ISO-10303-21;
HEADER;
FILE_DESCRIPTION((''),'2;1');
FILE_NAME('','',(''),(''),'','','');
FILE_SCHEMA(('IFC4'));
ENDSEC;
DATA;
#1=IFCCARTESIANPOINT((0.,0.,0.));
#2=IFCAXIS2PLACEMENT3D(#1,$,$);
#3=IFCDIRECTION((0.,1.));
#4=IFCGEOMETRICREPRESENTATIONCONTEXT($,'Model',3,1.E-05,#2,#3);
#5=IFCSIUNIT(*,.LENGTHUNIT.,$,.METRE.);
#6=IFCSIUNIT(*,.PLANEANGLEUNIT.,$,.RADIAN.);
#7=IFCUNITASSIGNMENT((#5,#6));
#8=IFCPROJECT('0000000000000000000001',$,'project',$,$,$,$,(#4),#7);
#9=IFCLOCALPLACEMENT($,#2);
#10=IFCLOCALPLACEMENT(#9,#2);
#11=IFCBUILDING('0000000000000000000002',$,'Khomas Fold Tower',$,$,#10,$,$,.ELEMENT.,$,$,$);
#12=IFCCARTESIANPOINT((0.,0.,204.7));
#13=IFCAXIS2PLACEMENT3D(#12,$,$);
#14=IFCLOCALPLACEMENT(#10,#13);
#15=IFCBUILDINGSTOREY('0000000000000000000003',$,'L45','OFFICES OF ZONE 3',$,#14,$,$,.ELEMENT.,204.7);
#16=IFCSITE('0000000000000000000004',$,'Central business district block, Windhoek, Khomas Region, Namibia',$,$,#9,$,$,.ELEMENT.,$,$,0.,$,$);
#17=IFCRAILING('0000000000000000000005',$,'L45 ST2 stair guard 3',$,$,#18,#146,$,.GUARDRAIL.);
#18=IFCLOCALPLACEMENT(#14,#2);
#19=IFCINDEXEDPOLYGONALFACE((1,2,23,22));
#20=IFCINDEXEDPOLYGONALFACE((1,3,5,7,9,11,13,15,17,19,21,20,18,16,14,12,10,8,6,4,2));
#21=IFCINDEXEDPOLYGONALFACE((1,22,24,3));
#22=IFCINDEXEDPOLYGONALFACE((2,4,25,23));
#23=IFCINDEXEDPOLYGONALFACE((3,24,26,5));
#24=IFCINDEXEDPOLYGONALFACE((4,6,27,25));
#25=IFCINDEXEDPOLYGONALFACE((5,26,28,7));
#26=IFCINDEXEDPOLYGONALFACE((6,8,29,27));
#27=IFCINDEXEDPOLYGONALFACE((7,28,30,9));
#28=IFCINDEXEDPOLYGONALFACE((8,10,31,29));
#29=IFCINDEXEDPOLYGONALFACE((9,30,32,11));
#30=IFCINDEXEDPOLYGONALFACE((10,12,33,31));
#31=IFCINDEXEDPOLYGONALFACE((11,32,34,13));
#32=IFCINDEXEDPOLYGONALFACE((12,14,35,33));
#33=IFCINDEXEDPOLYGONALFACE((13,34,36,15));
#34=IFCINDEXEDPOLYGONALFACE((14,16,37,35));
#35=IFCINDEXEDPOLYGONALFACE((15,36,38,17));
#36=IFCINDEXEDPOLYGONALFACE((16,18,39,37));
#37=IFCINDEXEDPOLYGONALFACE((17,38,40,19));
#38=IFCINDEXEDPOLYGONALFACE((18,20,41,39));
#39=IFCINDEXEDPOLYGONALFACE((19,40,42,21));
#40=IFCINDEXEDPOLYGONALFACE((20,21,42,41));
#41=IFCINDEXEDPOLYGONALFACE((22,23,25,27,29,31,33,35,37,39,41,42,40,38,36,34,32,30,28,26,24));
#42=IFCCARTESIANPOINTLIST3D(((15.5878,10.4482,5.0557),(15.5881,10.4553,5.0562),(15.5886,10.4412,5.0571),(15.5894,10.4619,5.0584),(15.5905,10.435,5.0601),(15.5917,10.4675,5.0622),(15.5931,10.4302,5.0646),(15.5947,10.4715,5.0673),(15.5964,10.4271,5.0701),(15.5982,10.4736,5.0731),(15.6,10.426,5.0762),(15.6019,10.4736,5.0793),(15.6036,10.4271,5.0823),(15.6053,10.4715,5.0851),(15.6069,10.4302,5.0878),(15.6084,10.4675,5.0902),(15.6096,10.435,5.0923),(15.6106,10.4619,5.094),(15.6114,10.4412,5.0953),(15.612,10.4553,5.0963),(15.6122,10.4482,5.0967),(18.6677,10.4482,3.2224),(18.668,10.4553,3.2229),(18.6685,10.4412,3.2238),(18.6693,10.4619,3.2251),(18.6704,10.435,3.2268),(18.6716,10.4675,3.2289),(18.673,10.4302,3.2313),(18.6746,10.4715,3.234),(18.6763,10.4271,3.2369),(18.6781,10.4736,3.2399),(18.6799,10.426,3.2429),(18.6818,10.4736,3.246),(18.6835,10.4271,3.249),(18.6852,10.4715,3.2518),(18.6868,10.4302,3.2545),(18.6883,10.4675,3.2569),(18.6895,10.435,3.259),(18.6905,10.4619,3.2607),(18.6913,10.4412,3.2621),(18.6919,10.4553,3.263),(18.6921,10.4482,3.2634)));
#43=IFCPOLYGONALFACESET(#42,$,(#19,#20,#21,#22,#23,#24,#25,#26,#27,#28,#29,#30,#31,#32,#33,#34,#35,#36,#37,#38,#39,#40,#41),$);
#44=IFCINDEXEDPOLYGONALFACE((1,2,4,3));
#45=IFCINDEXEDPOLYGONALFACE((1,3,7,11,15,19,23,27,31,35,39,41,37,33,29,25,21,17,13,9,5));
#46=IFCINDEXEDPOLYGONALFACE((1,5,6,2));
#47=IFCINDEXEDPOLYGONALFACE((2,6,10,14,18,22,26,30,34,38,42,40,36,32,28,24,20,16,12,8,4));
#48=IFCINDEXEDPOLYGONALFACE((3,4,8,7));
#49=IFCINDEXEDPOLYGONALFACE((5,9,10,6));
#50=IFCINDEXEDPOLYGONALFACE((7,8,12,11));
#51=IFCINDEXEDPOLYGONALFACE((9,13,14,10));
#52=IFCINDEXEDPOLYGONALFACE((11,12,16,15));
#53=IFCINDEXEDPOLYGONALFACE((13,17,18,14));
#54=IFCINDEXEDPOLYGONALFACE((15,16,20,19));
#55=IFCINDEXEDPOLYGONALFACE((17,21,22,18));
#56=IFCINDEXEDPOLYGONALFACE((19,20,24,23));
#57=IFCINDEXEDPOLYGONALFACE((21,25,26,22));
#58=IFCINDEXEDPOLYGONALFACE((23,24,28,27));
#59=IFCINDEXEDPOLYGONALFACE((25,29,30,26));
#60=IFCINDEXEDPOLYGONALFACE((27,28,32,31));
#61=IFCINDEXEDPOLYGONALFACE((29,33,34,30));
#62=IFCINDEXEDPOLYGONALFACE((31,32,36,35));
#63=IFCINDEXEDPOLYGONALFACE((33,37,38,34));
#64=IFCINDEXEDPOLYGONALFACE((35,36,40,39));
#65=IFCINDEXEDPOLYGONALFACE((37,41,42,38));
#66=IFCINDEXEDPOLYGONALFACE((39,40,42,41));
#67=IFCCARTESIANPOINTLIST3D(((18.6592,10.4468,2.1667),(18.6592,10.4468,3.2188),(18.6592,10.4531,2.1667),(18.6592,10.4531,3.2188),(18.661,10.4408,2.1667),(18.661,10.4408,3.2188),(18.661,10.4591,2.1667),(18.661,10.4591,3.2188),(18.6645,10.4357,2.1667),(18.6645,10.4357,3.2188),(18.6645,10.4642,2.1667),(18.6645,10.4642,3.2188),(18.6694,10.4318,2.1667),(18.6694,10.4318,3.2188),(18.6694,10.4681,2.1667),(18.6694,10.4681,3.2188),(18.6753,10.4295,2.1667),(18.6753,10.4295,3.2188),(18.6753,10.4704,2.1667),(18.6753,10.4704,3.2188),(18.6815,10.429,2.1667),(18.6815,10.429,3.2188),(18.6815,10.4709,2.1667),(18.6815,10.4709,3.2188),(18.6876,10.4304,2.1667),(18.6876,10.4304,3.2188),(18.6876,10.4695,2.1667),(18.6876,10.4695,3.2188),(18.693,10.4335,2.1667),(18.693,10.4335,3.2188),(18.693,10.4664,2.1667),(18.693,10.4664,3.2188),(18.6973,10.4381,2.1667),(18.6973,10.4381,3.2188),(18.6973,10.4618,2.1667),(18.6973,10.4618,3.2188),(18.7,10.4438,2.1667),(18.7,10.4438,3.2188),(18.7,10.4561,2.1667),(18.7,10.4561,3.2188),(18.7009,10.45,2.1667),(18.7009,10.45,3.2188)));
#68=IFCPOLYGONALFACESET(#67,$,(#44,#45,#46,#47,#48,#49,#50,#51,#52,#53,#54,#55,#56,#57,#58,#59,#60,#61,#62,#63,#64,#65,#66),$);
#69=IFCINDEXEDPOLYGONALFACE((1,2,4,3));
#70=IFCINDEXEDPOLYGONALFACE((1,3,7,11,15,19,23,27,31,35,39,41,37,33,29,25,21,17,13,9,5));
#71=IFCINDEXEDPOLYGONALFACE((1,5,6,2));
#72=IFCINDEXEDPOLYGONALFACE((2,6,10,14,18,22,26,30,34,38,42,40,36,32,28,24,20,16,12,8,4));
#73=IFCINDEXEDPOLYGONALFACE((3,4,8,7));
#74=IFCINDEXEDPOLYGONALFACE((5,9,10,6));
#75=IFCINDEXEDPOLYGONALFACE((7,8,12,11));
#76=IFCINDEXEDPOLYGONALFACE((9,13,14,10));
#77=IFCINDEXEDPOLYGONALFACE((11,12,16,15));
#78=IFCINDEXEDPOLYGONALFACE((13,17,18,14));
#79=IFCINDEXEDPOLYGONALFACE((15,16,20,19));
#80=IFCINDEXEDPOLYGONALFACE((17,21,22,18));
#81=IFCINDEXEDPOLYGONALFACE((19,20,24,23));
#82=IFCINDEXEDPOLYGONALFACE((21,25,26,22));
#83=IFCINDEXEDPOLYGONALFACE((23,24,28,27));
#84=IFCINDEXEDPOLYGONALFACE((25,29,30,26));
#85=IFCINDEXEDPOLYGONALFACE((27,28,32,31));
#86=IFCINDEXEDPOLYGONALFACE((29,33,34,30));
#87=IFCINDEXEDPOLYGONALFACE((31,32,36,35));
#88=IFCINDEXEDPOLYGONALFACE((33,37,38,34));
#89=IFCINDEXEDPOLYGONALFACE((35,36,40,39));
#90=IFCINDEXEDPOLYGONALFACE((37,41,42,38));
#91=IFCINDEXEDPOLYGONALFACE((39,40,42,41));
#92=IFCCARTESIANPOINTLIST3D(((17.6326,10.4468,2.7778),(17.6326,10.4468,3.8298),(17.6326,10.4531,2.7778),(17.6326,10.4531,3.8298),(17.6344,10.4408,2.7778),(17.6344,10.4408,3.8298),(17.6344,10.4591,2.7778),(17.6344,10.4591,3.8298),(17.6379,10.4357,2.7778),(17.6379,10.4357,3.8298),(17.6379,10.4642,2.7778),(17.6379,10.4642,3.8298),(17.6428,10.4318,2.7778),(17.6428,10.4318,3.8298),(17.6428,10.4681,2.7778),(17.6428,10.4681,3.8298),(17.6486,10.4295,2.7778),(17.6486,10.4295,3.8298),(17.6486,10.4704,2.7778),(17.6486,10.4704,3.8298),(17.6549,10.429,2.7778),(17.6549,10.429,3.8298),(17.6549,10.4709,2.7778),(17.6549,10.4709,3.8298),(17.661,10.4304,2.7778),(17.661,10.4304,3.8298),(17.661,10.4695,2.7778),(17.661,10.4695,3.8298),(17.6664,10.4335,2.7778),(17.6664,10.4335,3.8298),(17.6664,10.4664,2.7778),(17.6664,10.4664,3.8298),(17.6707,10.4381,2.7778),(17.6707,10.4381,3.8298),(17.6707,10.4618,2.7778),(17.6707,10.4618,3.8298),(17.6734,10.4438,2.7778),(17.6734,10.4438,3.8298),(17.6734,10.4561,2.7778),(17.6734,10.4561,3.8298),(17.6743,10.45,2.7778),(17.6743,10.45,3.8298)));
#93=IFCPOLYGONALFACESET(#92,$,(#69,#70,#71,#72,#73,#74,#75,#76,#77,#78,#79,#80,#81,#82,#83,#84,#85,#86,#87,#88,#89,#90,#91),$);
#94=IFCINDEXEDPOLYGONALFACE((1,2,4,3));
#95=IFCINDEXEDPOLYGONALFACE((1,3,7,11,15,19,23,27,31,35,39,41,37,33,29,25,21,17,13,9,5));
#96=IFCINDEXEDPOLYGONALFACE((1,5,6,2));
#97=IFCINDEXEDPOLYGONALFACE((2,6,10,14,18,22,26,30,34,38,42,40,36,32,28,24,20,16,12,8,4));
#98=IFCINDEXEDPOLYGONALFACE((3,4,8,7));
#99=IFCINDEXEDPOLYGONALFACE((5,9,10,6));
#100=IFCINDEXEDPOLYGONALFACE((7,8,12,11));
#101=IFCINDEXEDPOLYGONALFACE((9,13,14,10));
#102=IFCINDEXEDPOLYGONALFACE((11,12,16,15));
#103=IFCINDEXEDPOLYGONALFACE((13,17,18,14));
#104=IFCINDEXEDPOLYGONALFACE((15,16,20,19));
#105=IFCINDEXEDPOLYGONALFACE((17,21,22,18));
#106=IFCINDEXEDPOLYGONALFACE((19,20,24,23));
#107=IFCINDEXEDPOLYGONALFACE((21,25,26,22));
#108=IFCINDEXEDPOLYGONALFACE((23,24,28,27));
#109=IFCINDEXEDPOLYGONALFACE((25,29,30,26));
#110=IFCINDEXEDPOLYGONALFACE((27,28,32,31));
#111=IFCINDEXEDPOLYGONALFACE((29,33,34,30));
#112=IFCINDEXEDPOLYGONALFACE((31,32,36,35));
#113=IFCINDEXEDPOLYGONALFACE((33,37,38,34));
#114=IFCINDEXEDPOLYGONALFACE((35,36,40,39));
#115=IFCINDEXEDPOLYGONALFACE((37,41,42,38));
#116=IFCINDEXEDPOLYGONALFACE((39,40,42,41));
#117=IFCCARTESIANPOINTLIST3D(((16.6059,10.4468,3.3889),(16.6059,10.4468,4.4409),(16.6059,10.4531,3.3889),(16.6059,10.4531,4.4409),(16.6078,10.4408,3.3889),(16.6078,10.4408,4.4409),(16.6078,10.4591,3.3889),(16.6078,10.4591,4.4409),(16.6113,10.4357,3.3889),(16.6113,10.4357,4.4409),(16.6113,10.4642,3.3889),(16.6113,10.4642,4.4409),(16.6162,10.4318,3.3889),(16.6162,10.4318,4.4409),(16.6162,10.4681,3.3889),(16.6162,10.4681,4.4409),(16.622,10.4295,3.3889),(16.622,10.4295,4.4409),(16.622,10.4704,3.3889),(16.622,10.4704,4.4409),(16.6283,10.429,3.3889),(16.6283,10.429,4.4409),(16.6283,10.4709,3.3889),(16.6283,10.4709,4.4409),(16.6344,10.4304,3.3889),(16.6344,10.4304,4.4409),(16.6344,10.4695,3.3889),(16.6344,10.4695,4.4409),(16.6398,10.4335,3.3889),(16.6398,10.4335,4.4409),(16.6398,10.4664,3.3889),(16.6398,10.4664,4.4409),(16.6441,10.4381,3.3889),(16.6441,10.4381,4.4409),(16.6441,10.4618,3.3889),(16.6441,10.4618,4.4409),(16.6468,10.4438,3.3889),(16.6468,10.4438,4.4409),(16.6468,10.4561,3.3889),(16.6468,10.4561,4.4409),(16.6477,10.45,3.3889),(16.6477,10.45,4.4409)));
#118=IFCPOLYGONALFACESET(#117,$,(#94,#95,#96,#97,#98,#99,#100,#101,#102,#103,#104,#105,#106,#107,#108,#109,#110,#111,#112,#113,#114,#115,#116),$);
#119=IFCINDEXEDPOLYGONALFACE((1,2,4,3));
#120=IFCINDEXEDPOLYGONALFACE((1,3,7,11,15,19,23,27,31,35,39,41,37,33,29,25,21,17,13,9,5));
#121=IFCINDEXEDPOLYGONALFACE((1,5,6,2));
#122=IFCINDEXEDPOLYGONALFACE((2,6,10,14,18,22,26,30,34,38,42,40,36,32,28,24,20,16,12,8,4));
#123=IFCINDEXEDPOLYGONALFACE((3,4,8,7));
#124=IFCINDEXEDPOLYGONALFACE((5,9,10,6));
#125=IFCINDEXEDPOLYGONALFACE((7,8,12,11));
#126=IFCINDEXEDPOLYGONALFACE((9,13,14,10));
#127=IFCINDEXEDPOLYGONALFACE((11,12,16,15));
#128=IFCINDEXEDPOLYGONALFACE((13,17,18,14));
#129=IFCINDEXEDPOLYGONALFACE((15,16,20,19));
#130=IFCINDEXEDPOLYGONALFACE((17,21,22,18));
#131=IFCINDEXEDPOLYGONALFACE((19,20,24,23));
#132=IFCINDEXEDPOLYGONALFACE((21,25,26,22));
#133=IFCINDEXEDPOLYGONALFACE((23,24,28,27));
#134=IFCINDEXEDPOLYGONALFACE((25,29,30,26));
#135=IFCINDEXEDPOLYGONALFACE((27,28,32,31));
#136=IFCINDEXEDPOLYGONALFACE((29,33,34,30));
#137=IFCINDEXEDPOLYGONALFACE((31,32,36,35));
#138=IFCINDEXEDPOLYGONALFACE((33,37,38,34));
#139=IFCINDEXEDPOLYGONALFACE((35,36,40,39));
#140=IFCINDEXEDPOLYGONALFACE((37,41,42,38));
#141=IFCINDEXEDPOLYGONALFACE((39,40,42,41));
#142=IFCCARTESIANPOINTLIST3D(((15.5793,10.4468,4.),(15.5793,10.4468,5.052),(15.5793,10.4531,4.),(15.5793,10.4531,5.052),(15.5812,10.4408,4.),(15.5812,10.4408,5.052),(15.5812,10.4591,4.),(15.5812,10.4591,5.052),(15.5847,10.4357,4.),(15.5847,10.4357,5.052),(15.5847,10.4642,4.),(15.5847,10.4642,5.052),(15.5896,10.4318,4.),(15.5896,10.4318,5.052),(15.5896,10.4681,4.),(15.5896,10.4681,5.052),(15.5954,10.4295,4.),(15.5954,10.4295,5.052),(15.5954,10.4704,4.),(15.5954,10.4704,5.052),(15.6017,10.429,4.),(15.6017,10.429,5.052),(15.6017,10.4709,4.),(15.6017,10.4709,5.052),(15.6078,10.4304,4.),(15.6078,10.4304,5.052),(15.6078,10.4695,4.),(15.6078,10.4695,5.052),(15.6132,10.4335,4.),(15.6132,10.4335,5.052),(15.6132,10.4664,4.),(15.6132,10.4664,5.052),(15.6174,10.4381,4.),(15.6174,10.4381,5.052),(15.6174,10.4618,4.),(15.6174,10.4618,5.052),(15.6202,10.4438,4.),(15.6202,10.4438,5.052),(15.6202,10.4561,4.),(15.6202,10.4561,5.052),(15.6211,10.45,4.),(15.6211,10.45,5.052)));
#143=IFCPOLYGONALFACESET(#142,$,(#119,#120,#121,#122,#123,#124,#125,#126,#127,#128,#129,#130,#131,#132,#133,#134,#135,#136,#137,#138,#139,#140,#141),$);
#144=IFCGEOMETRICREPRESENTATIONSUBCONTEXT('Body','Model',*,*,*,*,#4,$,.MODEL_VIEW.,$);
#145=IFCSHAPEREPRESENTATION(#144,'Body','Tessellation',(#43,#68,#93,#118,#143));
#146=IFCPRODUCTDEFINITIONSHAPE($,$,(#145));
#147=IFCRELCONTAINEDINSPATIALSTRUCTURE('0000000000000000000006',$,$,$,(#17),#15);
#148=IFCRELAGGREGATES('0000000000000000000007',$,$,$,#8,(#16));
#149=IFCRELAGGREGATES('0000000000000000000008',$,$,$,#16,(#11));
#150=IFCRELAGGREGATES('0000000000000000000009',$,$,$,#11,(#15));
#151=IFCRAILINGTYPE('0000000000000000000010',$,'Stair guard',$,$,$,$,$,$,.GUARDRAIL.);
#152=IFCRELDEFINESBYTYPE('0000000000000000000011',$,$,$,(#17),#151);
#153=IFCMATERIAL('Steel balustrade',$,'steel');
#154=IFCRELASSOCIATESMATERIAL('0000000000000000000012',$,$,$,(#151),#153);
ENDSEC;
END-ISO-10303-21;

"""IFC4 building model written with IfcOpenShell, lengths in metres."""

from ifc_helpers import new_model, si_unit, direction, frame, origin, origin_2d, place, context, subcontext, project, spatial, circle, extrude, source, transform, mapped, material, type_object, element, save


model = new_model("IFC4")

# Units and contexts
model_context = context("Model", 3, precision=1e-05, world=origin(), true_north=direction((0.0, 1.0)))
body_context = subcontext(model_context, "Body", "Model", "MODEL_VIEW")
ifc_project = project(units=[si_unit("LENGTHUNIT", "METRE"), si_unit("PLANEANGLEUNIT", "RADIAN")], contexts=[model_context])

# Site, building, storey
site_placement = place(None, origin())
site = spatial("IfcSite", under=ifc_project, at=site_placement, Name="Central business district block, Windhoek, Khomas Region, Namibia", CompositionType="ELEMENT", RefElevation=0.0)
building_placement = place(site_placement, origin())
building = spatial("IfcBuilding", under=site, at=building_placement, Name="Khomas Fold Tower", CompositionType="ELEMENT")
storey_placement = place(building_placement, frame((0.0, 0.0, 204.7)))
storey = spatial("IfcBuildingStorey", under=building, at=storey_placement, Name="L45", Description="OFFICES OF ZONE 3", CompositionType="ELEMENT", Elevation=204.7)

# Railing
ifc_material_1 = material(Name="Steel balustrade", Category="steel")
railing_type_1 = type_object("IfcRailingType", Name="Stair guard", PredefinedType="GUARDRAIL", material=ifc_material_1)
shared_shape_1 = source(origin(), body_context, "Body", "SweptSolid", [
    extrude(circle(Radius=0.0239, at=origin_2d()), frame((0.0, 0.0, 1.0762), z_axis=(-0.859291, 0.0, 0.511487), x_axis=(0.0, -1.0, 0.0)), (0.0, 0.0, 1.0), 3.5842),
    extrude(circle(Radius=0.021, at=origin_2d()), origin(), (0.0, 0.0, 1.0), 1.052),
    extrude(circle(Radius=0.021, at=origin_2d()), frame((-1.0266, 0.0, 0.6111)), (0.0, 0.0, 1.0), 1.052),
    extrude(circle(Radius=0.021, at=origin_2d()), frame((-2.0532, 0.0, 1.2222)), (0.0, 0.0, 1.0), 1.052),
    extrude(circle(Radius=0.021, at=origin_2d()), frame((-3.0798, 0.0, 1.8333)), (0.0, 0.0, 1.0), 1.052),
])
railing_1_placement = place(storey_placement, frame((18.6799, 10.45, 2.1667)))
element("IfcRailing", 1, at=railing_1_placement, inside=storey, type_object=railing_type_1, Name="L45 ST2 stair guard 3", PredefinedType="GUARDRAIL", context=body_context, shape_type="MappedRepresentation", body=[
    mapped(shared_shape_1, transform((0.0, 0.0, 0.0))),
])

save(model, "model.ifc")
